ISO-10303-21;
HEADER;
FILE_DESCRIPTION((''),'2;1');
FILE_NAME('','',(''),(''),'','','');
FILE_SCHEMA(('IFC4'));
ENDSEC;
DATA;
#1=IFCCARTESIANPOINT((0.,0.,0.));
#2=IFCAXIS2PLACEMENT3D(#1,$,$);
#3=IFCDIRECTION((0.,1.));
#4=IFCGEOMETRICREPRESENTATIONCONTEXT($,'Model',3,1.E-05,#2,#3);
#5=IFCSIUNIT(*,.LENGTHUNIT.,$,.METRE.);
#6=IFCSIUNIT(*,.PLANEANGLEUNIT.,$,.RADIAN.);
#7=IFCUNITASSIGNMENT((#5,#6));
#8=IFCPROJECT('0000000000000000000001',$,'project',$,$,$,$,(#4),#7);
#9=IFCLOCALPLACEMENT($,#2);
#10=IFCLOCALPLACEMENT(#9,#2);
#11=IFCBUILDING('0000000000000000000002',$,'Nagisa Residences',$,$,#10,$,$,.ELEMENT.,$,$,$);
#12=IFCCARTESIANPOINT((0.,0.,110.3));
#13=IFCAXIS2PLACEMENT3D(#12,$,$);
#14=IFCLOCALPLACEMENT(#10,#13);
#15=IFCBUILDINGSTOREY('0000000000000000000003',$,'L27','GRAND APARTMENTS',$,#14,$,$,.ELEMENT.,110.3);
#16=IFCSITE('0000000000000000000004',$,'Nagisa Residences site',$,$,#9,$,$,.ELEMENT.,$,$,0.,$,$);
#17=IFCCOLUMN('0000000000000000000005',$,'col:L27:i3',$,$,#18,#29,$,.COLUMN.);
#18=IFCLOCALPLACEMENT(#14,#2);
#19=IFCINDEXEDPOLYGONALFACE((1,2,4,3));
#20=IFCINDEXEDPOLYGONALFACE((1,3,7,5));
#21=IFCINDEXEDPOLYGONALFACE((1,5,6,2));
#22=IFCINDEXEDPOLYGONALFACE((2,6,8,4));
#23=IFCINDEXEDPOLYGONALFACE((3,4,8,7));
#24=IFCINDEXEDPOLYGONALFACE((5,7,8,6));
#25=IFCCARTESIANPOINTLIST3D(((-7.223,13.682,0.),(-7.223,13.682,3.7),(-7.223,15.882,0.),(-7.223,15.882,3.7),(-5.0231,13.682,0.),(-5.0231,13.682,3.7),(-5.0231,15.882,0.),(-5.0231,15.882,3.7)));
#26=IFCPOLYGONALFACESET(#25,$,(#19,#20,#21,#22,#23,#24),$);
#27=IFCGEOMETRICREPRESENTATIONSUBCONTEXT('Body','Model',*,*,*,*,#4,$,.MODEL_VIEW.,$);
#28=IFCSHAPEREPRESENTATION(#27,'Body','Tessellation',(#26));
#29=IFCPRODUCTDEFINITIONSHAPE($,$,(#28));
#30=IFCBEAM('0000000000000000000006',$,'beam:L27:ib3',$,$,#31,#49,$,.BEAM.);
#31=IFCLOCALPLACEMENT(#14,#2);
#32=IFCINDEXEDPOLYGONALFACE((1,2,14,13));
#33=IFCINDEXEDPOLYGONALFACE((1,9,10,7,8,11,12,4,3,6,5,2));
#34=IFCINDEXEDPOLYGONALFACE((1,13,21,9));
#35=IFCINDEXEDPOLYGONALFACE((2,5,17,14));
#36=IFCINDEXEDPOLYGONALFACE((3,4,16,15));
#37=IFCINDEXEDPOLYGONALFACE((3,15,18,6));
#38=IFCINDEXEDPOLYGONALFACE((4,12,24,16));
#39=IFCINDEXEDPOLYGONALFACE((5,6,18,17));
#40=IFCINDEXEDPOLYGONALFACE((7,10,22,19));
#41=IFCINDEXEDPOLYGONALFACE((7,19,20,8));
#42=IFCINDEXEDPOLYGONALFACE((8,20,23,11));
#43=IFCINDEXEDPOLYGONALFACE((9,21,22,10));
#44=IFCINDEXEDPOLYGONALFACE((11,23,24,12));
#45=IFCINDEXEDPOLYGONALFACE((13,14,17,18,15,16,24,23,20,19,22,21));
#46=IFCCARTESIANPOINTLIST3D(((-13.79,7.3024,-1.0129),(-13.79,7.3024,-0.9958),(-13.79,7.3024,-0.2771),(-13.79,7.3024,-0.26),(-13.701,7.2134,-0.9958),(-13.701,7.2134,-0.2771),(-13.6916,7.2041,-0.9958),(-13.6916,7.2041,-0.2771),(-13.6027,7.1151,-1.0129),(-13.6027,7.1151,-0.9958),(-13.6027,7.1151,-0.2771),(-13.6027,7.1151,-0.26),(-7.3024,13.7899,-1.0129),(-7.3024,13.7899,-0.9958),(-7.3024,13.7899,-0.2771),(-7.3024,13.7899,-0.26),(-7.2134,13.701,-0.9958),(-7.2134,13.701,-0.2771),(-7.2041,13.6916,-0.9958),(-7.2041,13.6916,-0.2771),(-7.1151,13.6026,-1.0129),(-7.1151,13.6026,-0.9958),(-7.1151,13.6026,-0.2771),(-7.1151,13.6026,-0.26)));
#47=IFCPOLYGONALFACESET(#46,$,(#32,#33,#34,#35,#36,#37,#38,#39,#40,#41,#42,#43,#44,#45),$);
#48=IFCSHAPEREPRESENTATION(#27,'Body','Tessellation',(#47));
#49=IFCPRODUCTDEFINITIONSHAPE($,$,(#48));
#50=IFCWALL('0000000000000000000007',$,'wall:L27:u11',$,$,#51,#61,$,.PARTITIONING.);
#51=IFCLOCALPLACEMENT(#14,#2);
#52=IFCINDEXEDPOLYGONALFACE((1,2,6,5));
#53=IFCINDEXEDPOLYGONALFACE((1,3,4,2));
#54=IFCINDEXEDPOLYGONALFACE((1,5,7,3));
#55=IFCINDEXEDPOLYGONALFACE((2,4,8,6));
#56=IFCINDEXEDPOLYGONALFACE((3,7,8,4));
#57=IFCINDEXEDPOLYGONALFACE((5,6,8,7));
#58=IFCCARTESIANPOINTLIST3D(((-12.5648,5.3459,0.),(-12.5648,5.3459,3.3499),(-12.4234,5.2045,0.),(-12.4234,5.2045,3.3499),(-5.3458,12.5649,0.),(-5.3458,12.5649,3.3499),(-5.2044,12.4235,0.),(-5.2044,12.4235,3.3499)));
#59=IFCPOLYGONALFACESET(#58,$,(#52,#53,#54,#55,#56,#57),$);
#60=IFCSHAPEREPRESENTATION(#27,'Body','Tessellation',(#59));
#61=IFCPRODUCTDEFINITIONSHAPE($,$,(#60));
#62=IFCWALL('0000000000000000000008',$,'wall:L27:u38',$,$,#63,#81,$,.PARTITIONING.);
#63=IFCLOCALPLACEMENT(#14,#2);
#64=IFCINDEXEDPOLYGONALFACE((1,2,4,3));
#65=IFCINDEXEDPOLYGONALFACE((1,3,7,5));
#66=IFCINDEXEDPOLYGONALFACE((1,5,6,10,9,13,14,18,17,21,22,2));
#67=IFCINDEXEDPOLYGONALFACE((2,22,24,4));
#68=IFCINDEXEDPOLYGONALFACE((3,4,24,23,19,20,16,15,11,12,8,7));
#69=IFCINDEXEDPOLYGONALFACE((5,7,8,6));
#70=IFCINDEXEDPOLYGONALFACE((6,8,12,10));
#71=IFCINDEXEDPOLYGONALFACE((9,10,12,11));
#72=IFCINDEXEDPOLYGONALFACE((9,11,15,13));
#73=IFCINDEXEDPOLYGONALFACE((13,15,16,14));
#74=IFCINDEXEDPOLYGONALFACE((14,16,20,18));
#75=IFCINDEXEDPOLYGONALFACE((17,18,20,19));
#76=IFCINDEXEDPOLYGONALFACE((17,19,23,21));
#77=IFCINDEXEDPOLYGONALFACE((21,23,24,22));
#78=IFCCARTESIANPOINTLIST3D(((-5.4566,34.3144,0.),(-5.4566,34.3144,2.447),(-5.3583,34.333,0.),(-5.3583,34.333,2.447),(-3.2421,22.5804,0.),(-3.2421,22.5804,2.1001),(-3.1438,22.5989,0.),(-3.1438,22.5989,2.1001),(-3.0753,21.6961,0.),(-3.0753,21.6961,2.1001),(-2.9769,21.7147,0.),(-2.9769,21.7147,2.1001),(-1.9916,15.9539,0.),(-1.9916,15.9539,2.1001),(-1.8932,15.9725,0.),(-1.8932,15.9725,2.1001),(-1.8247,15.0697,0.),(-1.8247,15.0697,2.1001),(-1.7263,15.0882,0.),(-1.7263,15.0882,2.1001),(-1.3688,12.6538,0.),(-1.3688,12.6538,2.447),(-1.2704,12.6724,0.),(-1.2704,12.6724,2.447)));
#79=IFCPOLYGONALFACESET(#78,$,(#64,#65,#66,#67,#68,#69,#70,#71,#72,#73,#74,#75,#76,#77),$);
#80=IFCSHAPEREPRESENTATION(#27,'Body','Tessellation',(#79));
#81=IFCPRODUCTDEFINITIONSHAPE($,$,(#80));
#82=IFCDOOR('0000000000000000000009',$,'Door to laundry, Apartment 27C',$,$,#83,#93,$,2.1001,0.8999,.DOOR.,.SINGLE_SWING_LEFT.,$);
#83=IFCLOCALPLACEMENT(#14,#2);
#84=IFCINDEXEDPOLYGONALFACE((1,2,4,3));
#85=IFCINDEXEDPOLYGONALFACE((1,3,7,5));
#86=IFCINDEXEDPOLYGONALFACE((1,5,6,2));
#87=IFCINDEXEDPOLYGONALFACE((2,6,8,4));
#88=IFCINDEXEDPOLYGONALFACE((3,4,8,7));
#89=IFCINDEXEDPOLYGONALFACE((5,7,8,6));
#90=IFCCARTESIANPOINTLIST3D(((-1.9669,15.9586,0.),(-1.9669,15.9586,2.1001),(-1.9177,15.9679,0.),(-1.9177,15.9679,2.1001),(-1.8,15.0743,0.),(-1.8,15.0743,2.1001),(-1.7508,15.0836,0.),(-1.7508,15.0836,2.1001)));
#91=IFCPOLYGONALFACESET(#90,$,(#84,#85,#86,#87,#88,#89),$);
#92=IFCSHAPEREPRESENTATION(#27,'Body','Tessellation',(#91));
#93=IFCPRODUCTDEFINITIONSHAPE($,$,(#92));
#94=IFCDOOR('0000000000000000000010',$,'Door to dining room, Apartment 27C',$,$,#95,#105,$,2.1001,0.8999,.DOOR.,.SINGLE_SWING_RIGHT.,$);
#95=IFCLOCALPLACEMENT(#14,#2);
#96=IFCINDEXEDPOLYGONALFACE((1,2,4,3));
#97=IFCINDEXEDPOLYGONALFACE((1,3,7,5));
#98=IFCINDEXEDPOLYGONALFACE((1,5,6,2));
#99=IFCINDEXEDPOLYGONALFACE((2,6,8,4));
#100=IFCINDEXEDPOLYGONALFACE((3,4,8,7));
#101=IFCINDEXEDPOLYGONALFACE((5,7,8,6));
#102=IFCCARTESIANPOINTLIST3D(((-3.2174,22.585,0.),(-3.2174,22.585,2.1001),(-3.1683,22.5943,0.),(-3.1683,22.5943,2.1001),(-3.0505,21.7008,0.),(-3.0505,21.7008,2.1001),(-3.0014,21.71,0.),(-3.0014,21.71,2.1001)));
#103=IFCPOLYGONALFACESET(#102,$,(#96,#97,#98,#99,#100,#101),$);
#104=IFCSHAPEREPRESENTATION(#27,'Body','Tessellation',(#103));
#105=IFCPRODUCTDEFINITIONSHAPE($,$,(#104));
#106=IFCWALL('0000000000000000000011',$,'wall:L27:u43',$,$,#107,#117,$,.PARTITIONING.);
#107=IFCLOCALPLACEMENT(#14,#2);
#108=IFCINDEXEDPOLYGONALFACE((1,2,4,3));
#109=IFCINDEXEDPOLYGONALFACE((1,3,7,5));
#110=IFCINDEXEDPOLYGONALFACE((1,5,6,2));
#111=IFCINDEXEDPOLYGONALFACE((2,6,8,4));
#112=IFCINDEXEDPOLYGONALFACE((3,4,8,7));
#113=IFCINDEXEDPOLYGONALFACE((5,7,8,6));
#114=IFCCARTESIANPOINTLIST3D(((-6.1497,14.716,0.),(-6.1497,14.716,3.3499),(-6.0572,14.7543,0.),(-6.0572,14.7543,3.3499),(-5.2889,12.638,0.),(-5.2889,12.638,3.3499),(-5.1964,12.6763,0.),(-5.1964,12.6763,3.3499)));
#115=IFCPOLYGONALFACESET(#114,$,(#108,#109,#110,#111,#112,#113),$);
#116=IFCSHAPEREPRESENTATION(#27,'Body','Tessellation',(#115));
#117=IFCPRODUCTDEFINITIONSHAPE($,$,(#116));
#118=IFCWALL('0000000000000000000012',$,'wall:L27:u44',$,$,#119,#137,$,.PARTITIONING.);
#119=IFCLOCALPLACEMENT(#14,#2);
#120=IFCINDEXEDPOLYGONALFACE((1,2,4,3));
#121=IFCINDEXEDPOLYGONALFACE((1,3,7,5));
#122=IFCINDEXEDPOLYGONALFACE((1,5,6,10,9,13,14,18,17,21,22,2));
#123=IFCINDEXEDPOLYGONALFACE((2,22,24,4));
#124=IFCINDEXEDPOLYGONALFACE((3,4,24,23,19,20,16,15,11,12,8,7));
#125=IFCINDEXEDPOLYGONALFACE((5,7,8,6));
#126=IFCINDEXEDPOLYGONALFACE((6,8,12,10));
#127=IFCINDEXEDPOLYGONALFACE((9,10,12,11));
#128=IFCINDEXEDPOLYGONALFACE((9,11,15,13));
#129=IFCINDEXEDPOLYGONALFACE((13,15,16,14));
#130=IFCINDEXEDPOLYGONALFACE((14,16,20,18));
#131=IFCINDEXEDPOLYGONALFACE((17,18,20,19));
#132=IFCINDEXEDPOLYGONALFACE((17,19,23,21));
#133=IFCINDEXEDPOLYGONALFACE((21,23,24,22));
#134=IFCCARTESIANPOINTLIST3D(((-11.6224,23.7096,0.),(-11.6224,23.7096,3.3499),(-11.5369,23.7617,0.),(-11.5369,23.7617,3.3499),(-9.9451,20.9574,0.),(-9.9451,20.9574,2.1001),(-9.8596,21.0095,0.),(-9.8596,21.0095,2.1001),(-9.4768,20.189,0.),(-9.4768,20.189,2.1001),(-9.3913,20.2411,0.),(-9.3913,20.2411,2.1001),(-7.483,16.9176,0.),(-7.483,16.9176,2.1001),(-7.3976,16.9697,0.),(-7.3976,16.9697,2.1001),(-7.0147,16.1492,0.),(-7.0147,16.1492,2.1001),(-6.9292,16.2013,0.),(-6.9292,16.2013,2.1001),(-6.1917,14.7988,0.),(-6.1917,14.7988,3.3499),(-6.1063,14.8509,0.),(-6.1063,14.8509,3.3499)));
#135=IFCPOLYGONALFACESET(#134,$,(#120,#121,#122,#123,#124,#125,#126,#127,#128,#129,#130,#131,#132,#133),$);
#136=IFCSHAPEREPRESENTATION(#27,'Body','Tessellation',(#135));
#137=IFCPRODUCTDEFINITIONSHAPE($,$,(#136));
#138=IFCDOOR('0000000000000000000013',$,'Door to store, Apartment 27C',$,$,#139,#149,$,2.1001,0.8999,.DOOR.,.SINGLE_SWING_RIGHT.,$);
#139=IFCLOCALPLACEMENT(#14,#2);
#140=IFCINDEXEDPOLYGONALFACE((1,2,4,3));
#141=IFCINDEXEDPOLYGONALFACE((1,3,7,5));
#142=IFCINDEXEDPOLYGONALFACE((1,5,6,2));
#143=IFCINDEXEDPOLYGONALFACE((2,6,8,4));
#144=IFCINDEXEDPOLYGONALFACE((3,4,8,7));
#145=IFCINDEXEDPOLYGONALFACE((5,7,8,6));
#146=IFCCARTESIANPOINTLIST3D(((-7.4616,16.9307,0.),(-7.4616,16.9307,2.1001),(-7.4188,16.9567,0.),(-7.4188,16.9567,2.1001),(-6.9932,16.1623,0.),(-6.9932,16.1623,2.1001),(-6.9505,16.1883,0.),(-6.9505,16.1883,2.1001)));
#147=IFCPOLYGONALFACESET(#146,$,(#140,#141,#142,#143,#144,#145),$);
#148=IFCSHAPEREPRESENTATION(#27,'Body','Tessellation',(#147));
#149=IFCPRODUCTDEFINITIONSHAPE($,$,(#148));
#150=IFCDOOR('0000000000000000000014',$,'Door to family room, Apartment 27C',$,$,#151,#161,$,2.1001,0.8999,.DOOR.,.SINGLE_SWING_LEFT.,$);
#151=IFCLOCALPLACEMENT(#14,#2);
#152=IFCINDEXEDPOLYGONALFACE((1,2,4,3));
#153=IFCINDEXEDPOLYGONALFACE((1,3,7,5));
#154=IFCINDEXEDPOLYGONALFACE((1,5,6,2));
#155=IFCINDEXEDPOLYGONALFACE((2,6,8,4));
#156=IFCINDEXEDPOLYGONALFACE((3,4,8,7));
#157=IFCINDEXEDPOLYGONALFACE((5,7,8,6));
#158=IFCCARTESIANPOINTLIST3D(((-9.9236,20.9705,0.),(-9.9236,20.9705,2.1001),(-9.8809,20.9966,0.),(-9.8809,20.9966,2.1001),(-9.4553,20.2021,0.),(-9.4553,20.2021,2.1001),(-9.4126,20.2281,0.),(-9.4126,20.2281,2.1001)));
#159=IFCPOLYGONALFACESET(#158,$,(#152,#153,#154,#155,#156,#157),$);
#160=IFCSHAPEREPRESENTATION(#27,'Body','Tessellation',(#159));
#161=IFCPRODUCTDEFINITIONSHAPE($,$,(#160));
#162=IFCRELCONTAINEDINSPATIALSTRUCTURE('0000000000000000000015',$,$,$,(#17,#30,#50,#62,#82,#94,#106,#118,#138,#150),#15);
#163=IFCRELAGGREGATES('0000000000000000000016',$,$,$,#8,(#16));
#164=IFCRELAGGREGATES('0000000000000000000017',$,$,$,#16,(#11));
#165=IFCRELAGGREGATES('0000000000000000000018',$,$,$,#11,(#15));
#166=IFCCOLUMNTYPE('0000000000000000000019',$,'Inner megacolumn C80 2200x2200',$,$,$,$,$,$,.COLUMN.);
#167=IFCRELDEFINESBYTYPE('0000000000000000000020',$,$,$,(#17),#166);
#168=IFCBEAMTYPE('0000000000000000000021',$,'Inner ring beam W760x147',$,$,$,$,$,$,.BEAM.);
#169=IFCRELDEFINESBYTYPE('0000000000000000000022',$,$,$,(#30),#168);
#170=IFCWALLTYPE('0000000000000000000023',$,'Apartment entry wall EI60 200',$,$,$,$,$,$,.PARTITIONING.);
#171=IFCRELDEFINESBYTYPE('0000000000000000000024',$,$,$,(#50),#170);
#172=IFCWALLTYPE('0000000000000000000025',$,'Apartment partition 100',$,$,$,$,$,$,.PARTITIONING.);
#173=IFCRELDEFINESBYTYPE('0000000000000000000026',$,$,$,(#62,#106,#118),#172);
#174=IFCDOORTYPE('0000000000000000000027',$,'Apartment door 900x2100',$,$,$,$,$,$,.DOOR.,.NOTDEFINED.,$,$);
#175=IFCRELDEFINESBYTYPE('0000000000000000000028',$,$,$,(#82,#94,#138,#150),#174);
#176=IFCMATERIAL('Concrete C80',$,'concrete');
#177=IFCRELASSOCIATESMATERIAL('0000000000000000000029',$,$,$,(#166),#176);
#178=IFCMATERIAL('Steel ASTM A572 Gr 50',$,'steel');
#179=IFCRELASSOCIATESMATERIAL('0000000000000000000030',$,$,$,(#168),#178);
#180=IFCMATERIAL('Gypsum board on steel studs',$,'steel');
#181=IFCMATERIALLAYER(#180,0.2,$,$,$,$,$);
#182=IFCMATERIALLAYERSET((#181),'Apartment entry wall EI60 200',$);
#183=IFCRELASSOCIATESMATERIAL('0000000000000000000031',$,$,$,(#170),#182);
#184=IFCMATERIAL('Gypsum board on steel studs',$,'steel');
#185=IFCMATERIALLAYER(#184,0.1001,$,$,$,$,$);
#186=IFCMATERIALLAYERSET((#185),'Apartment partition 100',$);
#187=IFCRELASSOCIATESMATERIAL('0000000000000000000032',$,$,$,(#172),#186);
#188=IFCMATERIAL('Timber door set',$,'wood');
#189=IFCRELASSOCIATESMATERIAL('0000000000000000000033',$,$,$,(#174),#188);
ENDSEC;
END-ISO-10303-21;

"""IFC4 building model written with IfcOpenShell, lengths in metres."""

from ifc_helpers import new_model, si_unit, direction, frame, frame_2d, origin, origin_2d, place, context, subcontext, project, spatial, rectangle, i_section, extrude, material, layer, layer_set, material_profile, profile_set, type_object, element, fill, save


model = new_model("IFC4")

# Units and contexts
model_context = context("Model", 3, precision=1e-05, world=origin(), true_north=direction((0.0, 1.0)))
body_context = subcontext(model_context, "Body", "Model", "MODEL_VIEW")
ifc_project = project(units=[si_unit("LENGTHUNIT", "METRE"), si_unit("PLANEANGLEUNIT", "RADIAN")], contexts=[model_context])

# Site, building, storey
site_placement = place(None, origin())
site = spatial("IfcSite", under=ifc_project, at=site_placement, Name="Nagisa Residences site", CompositionType="ELEMENT", RefElevation=0.0)
building_placement = place(site_placement, origin())
building = spatial("IfcBuilding", under=site, at=building_placement, Name="Nagisa Residences", CompositionType="ELEMENT")
storey_placement = place(building_placement, frame((0.0, 0.0, 110.3)))
storey = spatial("IfcBuildingStorey", under=building, at=storey_placement, Name="L27", Description="GRAND APARTMENTS", CompositionType="ELEMENT", Elevation=110.3)

# Column
ifc_material_1 = material(Name="Concrete C80", Category="concrete")
ifc_material_profile_1 = material_profile(ifc_material_1, rectangle(XDim=2.2, YDim=2.2, at=origin_2d()), Name="C80 2200x2200")
ifc_profile_set_1 = profile_set([ifc_material_profile_1], Name="Concrete C80")
column_type = type_object("IfcColumnType", Name="Inner megacolumn C80 2200x2200", PredefinedType="COLUMN", material=ifc_profile_set_1)
column_placement = place(storey_placement, frame((-6.123, 14.782, 0.0), z_axis=(0.0, 0.0, 1.0), x_axis=(1.0, 0.0, 0.0)))
element("IfcColumn", 1, at=column_placement, inside=storey, type_object=column_type, Name="col:L27:i3", PredefinedType="COLUMN", context=body_context, shape_type="SweptSolid", body=[
    extrude(rectangle(XDim=2.2, YDim=2.2, at=origin_2d()), origin(), (0.0, 0.0, 1.0), 3.7),
])

# Beam
ifc_material_2 = material(Name="Steel ASTM A572 Gr 50", Category="steel")
ifc_material_profile_2 = material_profile(ifc_material_2, i_section(OverallWidth=0.2649, OverallDepth=0.7529, WebThickness=0.0132, FlangeThickness=0.0171, at=origin_2d()), Name="W760x147")
ifc_profile_set_2 = profile_set([ifc_material_profile_2], Name="Steel ASTM A572 Gr 50")
beam_type = type_object("IfcBeamType", Name="Inner ring beam W760x147", PredefinedType="BEAM", material=ifc_profile_set_2)
beam_placement = place(storey_placement, frame((-7.2087, 13.6963, -0.6365), z_axis=(-0.707107, -0.707107, 0.0), x_axis=(0.707107, -0.707107, 0.0)))
element("IfcBeam", 2, at=beam_placement, inside=storey, type_object=beam_type, Name="beam:L27:ib3", PredefinedType="BEAM", context=body_context, shape_type="SweptSolid", body=[
    extrude(i_section(OverallWidth=0.2649, OverallDepth=0.7529, WebThickness=0.0132, FlangeThickness=0.0171, at=origin_2d()), origin(), (0.0, 0.0, 1.0), 9.1748),
])

# Wall
ifc_material_3 = material(Name="Gypsum board on steel studs", Category="steel")
ifc_layer_1 = layer(ifc_material_3, 0.2)
ifc_layer_set_1 = layer_set([ifc_layer_1], Name="Apartment entry wall EI60 200")
wall_type_1 = type_object("IfcWallType", Name="Apartment entry wall EI60 200", PredefinedType="PARTITIONING", material=ifc_layer_set_1)
wall_1_placement = place(storey_placement, frame((-5.2751, 12.4941, 0.0), z_axis=(0.0, 0.0, 1.0), x_axis=(-0.707107, -0.707107, 0.0)))
element("IfcWall", 3, at=wall_1_placement, inside=storey, type_object=wall_type_1, Name="wall:L27:u11", PredefinedType="PARTITIONING", context=body_context, shape_type="SweptSolid", body=[
    extrude(rectangle(XDim=10.2092, YDim=0.2, at=frame_2d((5.1045, 0.0))), origin(), (0.0, 0.0, 1.0), 3.3499),
])

# Wall, openings, doors
ifc_material_4 = material(Name="Gypsum board on steel studs", Category="steel")
ifc_layer_2 = layer(ifc_material_4, 0.1001)
ifc_layer_set_2 = layer_set([ifc_layer_2], Name="Apartment partition 100")
wall_type_2 = type_object("IfcWallType", Name="Apartment partition 100", PredefinedType="PARTITIONING", material=ifc_layer_set_2)
wall_2_placement = place(storey_placement, frame((-1.3196, 12.6631, 0.0), z_axis=(0.0, 0.0, 1.0), x_axis=(-0.185451, 0.982654, 0.0)))
wall_2 = element("IfcWall", 4, at=wall_2_placement, inside=storey, type_object=wall_type_2, Name="wall:L27:u38", PredefinedType="PARTITIONING", context=body_context, shape_type="SweptSolid", body=[
    extrude(rectangle(XDim=22.043, YDim=0.1001, at=frame_2d((11.0215, 0.0))), origin(), (0.0, 0.0, 1.0), 2.447),
])
opening_1_placement = place(wall_2_placement, frame((2.4585, 0.0, 0.0)))
opening_1 = element("IfcOpeningElement", 5, at=opening_1_placement, cuts=wall_2, PredefinedType="OPENING", context=body_context, shape_type="SweptSolid", body=[
    extrude(rectangle(XDim=0.8999, YDim=2.1001, at=frame_2d((0.45, 1.05))), frame((0.0, 0.0601, 0.0), z_axis=(0.0, -1.0, 0.0), x_axis=(1.0, 0.0, 0.0)), (0.0, 0.0, 1.0), 0.1201),
])
opening_2_placement = place(wall_2_placement, frame((9.2019, 0.0, 0.0)))
opening_2 = element("IfcOpeningElement", 6, at=opening_2_placement, cuts=wall_2, PredefinedType="OPENING", context=body_context, shape_type="SweptSolid", body=[
    extrude(rectangle(XDim=0.8999, YDim=2.1001, at=frame_2d((0.45, 1.05))), frame((0.0, 0.0601, 0.0), z_axis=(0.0, -1.0, 0.0), x_axis=(1.0, 0.0, 0.0)), (0.0, 0.0, 1.0), 0.1201),
])
ifc_material_5 = material(Name="Timber door set", Category="wood")
door_type_1 = type_object("IfcDoorType", Name="Apartment door 900x2100", OperationType="NOTDEFINED", PredefinedType="DOOR", material=ifc_material_5)
door_1_placement = place(opening_1_placement, origin())
door_1 = element("IfcDoor", 7, at=door_1_placement, inside=storey, type_object=door_type_1, Name="Door to laundry, Apartment 27C", OperationType="SINGLE_SWING_LEFT", OverallHeight=2.1001, OverallWidth=0.8999, PredefinedType="DOOR", context=body_context, shape_type="SweptSolid", body=[
    extrude(rectangle(XDim=0.8999, YDim=2.1001, at=frame_2d((0.45, 1.05))), frame((0.0, 0.0249, 0.0), z_axis=(0.0, -1.0, 0.0), x_axis=(1.0, 0.0, 0.0)), (0.0, 0.0, 1.0), 0.05),
])
fill(opening_1, door_1)
door_2_placement = place(opening_2_placement, origin())
door_2 = element("IfcDoor", 8, at=door_2_placement, inside=storey, type_object=door_type_1, Name="Door to dining room, Apartment 27C", OperationType="SINGLE_SWING_RIGHT", OverallHeight=2.1001, OverallWidth=0.8999, PredefinedType="DOOR", context=body_context, shape_type="SweptSolid", body=[
    extrude(rectangle(XDim=0.8999, YDim=2.1001, at=frame_2d((0.45, 1.05))), frame((0.0, 0.0249, 0.0), z_axis=(0.0, -1.0, 0.0), x_axis=(1.0, 0.0, 0.0)), (0.0, 0.0, 1.0), 0.05),
])
fill(opening_2, door_2)

# Wall
wall_3_placement = place(storey_placement, frame((-5.2427, 12.6572, 0.0), z_axis=(0.0, 0.0, 1.0), x_axis=(-0.382703, 0.923871, 0.0)))
element("IfcWall", 9, at=wall_3_placement, inside=storey, type_object=wall_type_2, Name="wall:L27:u43", PredefinedType="PARTITIONING", context=body_context, shape_type="SweptSolid", body=[
    extrude(rectangle(XDim=2.2493, YDim=0.1001, at=frame_2d((1.1245, 0.0))), origin(), (0.0, 0.0, 1.0), 3.3499),
])

# Wall, openings, doors
wall_4_placement = place(storey_placement, frame((-6.1489, 14.8247, 0.0), z_axis=(0.0, 0.0, 1.0), x_axis=(-0.520411, 0.853916, 0.0)))
wall_4 = element("IfcWall", 10, at=wall_4_placement, inside=storey, type_object=wall_type_2, Name="wall:L27:u44", PredefinedType="PARTITIONING", context=body_context, shape_type="SweptSolid", body=[
    extrude(rectangle(XDim=10.4353, YDim=0.1001, at=frame_2d((5.2178, 0.0))), origin(), (0.0, 0.0, 1.0), 3.3499),
])
opening_3_placement = place(wall_4_placement, frame((1.5815, 0.0, 0.0)))
opening_3 = element("IfcOpeningElement", 11, at=opening_3_placement, cuts=wall_4, PredefinedType="OPENING", context=body_context, shape_type="SweptSolid", body=[
    extrude(rectangle(XDim=0.8999, YDim=2.1001, at=frame_2d((0.45, 1.05))), frame((0.0, 0.0601, 0.0), z_axis=(0.0, -1.0, 0.0), x_axis=(1.0, 0.0, 0.0)), (0.0, 0.0, 1.0), 0.1201),
])
opening_4_placement = place(wall_4_placement, frame((6.3125, 0.0, 0.0)))
opening_4 = element("IfcOpeningElement", 12, at=opening_4_placement, cuts=wall_4, PredefinedType="OPENING", context=body_context, shape_type="SweptSolid", body=[
    extrude(rectangle(XDim=0.8999, YDim=2.1001, at=frame_2d((0.45, 1.05))), frame((0.0, 0.0601, 0.0), z_axis=(0.0, -1.0, 0.0), x_axis=(1.0, 0.0, 0.0)), (0.0, 0.0, 1.0), 0.1201),
])
door_3_placement = place(opening_3_placement, origin())
door_3 = element("IfcDoor", 13, at=door_3_placement, inside=storey, type_object=door_type_1, Name="Door to store, Apartment 27C", OperationType="SINGLE_SWING_RIGHT", OverallHeight=2.1001, OverallWidth=0.8999, PredefinedType="DOOR", context=body_context, shape_type="SweptSolid", body=[
    extrude(rectangle(XDim=0.8999, YDim=2.1001, at=frame_2d((0.45, 1.05))), frame((0.0, 0.0249, 0.0), z_axis=(0.0, -1.0, 0.0), x_axis=(1.0, 0.0, 0.0)), (0.0, 0.0, 1.0), 0.05),
])
fill(opening_3, door_3)
door_4_placement = place(opening_4_placement, origin())
door_4 = element("IfcDoor", 14, at=door_4_placement, inside=storey, type_object=door_type_1, Name="Door to family room, Apartment 27C", OperationType="SINGLE_SWING_LEFT", OverallHeight=2.1001, OverallWidth=0.8999, PredefinedType="DOOR", context=body_context, shape_type="SweptSolid", body=[
    extrude(rectangle(XDim=0.8999, YDim=2.1001, at=frame_2d((0.45, 1.05))), frame((0.0, 0.0249, 0.0), z_axis=(0.0, -1.0, 0.0), x_axis=(1.0, 0.0, 0.0)), (0.0, 0.0, 1.0), 0.05),
])
fill(opening_4, door_4)

save(model, "model.ifc")
